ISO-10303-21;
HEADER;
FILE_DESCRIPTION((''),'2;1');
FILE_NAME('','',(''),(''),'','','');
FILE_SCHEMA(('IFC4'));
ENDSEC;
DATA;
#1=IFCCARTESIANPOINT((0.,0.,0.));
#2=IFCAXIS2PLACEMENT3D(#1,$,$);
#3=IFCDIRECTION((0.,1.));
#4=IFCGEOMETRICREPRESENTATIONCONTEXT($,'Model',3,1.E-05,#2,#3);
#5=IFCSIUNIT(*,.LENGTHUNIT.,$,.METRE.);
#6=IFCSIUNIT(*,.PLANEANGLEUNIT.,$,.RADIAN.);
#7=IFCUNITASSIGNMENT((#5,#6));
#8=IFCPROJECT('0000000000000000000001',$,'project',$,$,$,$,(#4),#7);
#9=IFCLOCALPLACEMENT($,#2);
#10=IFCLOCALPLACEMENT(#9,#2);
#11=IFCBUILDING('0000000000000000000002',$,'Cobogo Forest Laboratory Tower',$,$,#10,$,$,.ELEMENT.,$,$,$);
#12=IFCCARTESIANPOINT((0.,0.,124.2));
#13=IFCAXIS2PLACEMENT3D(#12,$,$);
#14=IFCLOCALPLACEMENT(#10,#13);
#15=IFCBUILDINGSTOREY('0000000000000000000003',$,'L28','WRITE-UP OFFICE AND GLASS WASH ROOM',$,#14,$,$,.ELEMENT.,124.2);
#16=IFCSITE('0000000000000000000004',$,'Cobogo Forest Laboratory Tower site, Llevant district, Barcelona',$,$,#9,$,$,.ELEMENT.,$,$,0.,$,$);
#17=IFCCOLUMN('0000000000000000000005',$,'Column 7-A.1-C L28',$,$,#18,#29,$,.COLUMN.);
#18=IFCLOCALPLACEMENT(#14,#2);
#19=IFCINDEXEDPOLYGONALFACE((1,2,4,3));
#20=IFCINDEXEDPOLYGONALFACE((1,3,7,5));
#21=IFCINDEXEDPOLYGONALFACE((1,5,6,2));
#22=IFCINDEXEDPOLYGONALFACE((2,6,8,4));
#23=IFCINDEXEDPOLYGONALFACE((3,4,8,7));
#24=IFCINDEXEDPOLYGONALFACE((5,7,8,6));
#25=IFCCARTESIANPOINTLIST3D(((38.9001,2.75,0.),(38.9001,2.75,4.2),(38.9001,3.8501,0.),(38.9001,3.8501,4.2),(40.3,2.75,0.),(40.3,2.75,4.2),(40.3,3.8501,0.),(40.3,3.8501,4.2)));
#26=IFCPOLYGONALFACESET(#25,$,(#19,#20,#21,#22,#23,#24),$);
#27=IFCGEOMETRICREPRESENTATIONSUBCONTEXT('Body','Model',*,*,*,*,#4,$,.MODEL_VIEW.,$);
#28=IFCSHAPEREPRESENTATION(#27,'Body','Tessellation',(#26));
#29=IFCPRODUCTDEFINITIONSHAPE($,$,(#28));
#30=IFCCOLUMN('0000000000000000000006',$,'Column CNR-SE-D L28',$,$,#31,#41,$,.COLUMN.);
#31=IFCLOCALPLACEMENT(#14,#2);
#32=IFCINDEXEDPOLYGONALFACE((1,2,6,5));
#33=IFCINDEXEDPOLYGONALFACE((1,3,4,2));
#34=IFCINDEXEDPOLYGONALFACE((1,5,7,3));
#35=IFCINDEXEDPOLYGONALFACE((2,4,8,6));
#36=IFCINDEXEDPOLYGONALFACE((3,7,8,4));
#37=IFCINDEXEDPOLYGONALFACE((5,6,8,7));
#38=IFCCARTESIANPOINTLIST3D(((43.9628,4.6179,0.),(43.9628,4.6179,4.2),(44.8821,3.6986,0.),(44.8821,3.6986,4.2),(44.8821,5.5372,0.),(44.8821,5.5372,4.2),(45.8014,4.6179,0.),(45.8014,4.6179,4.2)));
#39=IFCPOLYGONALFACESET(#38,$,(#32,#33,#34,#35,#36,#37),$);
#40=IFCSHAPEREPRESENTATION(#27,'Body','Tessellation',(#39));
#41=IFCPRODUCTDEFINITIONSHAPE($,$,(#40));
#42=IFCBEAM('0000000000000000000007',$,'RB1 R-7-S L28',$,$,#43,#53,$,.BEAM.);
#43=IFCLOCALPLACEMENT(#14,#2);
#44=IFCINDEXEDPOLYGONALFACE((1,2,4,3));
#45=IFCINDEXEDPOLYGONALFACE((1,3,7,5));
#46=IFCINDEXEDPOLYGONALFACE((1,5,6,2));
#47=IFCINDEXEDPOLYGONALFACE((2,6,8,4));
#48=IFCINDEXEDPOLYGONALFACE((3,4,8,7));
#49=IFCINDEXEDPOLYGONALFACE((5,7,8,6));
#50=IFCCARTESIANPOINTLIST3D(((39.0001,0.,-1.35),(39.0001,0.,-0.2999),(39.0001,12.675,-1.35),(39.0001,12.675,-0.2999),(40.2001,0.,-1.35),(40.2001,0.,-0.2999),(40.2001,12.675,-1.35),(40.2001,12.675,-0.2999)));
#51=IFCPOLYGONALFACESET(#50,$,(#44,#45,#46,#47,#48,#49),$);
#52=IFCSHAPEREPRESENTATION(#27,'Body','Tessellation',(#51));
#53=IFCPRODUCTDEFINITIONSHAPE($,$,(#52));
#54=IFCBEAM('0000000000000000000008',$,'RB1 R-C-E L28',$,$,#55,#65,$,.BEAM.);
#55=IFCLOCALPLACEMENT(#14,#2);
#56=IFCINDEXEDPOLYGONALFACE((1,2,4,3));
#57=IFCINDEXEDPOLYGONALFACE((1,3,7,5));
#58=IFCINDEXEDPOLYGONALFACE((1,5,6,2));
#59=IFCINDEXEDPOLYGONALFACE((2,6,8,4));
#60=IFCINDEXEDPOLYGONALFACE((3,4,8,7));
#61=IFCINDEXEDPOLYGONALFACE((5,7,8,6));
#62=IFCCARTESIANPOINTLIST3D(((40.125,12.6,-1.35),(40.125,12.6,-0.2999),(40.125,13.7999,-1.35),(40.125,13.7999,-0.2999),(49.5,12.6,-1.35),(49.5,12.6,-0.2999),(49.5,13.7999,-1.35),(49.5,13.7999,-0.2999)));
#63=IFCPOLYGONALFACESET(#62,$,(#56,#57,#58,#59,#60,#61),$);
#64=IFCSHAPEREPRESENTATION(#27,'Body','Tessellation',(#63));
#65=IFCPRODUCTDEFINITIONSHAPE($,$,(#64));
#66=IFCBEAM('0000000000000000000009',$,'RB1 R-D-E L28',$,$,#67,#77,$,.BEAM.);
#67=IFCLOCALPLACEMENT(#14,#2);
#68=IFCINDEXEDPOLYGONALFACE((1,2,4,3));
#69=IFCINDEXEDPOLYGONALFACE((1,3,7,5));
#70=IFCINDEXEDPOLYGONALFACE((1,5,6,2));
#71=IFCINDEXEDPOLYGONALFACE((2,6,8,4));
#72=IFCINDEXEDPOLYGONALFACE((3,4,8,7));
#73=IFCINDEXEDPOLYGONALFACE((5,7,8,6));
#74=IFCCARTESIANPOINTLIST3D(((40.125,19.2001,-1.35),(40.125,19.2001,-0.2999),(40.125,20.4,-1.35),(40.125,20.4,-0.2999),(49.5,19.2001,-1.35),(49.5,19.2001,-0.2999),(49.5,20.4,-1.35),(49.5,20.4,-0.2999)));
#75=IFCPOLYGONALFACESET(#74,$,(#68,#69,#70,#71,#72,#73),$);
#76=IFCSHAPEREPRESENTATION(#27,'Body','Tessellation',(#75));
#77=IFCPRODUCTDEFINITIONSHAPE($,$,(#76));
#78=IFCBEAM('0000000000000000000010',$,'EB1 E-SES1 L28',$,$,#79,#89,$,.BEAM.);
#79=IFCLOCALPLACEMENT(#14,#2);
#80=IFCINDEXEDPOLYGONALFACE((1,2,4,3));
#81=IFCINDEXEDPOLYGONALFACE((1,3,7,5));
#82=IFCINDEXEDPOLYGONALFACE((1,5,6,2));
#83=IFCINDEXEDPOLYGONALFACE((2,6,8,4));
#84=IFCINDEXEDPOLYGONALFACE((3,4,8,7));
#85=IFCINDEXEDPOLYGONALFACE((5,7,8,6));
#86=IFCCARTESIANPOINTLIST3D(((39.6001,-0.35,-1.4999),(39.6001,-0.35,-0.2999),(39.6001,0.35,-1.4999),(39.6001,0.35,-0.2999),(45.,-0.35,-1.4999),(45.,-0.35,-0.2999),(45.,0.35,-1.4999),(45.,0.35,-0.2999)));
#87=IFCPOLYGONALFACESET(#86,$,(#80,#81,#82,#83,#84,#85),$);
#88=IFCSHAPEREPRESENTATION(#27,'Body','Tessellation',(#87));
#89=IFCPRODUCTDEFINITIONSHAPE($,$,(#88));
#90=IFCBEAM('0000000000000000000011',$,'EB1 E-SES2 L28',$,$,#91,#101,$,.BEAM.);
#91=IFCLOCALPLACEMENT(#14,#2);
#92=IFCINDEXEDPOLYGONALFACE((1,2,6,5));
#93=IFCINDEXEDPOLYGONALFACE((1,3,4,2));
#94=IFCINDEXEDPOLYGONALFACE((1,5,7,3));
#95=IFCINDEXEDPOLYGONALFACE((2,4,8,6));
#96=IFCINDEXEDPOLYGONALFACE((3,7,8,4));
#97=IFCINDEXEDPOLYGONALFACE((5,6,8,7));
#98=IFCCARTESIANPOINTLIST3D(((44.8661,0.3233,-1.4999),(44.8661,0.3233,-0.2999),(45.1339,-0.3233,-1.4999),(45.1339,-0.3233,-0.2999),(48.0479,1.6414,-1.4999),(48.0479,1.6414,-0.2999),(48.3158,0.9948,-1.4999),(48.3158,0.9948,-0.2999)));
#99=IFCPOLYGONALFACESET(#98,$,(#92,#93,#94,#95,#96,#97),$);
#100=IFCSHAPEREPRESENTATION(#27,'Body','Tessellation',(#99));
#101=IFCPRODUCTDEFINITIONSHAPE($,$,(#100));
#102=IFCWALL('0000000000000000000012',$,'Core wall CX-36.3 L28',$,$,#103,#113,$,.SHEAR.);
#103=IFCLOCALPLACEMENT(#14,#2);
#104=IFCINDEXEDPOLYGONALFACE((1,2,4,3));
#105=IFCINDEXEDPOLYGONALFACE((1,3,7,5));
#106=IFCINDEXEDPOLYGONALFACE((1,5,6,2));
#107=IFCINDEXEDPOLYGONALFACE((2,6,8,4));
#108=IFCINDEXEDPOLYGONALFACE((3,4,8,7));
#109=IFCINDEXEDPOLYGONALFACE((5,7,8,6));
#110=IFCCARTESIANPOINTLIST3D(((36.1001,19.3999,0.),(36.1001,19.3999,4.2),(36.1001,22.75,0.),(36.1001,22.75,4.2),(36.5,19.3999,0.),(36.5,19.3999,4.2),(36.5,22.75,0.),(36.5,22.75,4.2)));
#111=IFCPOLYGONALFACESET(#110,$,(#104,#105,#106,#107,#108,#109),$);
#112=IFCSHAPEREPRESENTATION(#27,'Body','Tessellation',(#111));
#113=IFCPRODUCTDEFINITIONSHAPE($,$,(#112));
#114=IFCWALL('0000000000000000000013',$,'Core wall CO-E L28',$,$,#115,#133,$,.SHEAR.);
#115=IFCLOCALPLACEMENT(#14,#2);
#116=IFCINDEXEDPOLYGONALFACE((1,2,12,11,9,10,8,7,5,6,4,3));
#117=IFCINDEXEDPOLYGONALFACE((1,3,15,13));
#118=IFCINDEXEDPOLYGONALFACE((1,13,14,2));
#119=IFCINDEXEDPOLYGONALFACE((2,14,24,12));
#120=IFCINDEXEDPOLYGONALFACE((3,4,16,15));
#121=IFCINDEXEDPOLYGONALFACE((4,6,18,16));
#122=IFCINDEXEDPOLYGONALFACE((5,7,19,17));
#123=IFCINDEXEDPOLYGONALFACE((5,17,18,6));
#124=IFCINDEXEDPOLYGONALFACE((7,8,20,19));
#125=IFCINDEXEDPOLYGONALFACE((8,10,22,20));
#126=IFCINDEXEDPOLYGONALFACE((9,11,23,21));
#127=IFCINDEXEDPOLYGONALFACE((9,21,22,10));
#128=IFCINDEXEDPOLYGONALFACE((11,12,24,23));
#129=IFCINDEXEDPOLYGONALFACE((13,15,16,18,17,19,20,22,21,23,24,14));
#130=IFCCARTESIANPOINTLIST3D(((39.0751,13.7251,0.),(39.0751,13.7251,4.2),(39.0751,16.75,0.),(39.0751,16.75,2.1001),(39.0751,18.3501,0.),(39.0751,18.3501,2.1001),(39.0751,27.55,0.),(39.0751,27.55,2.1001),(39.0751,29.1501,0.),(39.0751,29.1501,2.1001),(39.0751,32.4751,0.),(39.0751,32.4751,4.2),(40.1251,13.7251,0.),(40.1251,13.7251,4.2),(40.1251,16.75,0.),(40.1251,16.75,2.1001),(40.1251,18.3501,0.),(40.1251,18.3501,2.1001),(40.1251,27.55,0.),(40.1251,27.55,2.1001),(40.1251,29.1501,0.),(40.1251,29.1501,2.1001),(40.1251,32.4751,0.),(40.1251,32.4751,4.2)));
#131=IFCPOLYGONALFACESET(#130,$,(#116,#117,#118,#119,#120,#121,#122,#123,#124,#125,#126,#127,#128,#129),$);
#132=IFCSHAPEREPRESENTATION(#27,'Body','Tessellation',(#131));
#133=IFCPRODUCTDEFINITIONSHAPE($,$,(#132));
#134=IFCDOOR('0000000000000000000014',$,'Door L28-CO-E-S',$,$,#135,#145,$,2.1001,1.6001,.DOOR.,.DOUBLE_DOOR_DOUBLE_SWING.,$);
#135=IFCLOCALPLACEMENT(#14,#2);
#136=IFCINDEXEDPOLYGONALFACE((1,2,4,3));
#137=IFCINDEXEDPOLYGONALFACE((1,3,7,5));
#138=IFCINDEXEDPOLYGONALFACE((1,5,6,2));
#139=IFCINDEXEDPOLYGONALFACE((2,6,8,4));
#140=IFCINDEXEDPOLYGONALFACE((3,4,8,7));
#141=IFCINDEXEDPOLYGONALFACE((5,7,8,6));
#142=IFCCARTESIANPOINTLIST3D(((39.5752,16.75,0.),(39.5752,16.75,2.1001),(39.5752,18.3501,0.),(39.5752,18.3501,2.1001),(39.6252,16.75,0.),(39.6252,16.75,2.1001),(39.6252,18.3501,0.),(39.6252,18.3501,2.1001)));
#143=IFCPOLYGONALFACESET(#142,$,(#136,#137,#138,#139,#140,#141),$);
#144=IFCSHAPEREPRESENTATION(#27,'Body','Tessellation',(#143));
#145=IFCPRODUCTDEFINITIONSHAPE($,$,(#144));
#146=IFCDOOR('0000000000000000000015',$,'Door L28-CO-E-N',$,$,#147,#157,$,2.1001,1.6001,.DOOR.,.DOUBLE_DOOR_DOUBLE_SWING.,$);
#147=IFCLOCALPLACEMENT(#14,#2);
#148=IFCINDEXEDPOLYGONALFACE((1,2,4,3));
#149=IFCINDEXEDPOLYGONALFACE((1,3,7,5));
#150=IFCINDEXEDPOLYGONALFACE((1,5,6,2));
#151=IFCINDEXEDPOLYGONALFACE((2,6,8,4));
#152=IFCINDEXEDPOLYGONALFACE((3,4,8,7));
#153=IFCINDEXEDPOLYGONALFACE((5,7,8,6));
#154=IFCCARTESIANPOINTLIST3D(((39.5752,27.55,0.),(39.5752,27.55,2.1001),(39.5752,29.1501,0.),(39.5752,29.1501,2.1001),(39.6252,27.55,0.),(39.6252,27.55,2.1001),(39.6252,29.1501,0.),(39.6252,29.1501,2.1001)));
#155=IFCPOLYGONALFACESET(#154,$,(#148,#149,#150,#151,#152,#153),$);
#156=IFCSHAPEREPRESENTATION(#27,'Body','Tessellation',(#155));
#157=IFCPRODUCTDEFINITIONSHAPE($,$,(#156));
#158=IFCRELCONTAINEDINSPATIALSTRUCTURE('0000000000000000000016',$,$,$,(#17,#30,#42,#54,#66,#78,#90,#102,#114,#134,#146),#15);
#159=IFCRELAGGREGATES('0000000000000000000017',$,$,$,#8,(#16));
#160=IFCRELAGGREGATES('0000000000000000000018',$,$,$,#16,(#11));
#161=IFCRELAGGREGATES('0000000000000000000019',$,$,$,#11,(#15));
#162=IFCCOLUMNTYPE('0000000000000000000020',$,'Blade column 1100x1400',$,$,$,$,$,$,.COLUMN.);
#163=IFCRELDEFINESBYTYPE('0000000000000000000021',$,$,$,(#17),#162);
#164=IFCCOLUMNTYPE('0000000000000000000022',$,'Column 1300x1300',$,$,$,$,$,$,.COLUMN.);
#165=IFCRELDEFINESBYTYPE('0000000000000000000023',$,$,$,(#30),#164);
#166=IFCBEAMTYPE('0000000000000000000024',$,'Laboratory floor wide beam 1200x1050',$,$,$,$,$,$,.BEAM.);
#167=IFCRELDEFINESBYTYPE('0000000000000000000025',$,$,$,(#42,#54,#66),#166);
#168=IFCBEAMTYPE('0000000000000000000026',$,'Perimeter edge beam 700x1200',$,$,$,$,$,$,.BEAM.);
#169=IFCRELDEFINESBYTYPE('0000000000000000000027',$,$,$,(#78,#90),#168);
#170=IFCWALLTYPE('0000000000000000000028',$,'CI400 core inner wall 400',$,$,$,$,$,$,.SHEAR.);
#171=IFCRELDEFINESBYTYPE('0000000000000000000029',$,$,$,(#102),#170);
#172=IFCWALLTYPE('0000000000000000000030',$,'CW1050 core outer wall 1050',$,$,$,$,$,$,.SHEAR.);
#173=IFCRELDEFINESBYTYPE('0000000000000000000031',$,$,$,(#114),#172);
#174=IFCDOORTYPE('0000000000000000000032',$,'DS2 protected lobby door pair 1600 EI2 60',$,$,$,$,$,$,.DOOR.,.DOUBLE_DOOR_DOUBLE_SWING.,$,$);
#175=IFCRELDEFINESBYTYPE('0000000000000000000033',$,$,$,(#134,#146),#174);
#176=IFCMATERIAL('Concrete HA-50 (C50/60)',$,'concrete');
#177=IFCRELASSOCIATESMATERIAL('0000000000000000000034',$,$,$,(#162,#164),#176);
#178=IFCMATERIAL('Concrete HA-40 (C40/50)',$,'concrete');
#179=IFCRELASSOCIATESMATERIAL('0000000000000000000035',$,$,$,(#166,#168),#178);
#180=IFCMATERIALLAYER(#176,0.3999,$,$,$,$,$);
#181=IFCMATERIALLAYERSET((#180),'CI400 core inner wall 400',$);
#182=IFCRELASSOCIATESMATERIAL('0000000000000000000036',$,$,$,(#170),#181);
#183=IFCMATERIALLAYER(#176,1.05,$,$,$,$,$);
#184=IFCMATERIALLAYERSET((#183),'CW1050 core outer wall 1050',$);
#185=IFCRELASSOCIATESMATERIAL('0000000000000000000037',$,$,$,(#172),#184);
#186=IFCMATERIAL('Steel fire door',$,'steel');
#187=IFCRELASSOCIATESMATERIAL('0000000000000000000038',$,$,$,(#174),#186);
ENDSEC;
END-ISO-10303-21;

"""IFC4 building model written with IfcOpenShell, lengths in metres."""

from ifc_helpers import new_model, si_unit, direction, frame, frame_2d, origin, origin_2d, place, context, subcontext, project, spatial, rectangle, extrude, material, layer, layer_set, material_profile, profile_set, type_object, element, fill, save


model = new_model("IFC4")

# Units and contexts
model_context = context("Model", 3, precision=1e-05, world=origin(), true_north=direction((0.0, 1.0)))
body_context = subcontext(model_context, "Body", "Model", "MODEL_VIEW")
ifc_project = project(units=[si_unit("LENGTHUNIT", "METRE"), si_unit("PLANEANGLEUNIT", "RADIAN")], contexts=[model_context])

# Site, building, storey
site_placement = place(None, origin())
site = spatial("IfcSite", under=ifc_project, at=site_placement, Name="Cobogo Forest Laboratory Tower site, Llevant district, Barcelona", CompositionType="ELEMENT", RefElevation=0.0)
building_placement = place(site_placement, origin())
building = spatial("IfcBuilding", under=site, at=building_placement, Name="Cobogo Forest Laboratory Tower", CompositionType="ELEMENT")
storey_placement = place(building_placement, frame((0.0, 0.0, 124.2)))
storey = spatial("IfcBuildingStorey", under=building, at=storey_placement, Name="L28", Description="WRITE-UP OFFICE AND GLASS WASH ROOM", CompositionType="ELEMENT", Elevation=124.2)

# Columns
ifc_material_1 = material(Name="Concrete HA-50 (C50/60)", Category="concrete")
ifc_material_profile_1 = material_profile(ifc_material_1, rectangle(XDim=1.3999, YDim=1.1001, at=origin_2d()), Name="RC 1100x1400")
ifc_profile_set_1 = profile_set([ifc_material_profile_1], Name="Concrete HA-50 (C50/60)")
column_type_1 = type_object("IfcColumnType", Name="Blade column 1100x1400", PredefinedType="COLUMN", material=ifc_profile_set_1)
column_1_placement = place(storey_placement, frame((39.6001, 3.3, 0.0), z_axis=(0.0, 0.0, 1.0), x_axis=(1.0, 0.0, 0.0)))
element("IfcColumn", 1, at=column_1_placement, inside=storey, type_object=column_type_1, Name="Column 7-A.1-C L28", PredefinedType="COLUMN", context=body_context, shape_type="SweptSolid", body=[
    extrude(rectangle(XDim=1.3999, YDim=1.1001, at=origin_2d()), origin(), (0.0, 0.0, 1.0), 4.2),
])
ifc_material_profile_2 = material_profile(ifc_material_1, rectangle(XDim=1.3, YDim=1.3, at=origin_2d()), Name="RC 1300x1300")
ifc_profile_set_2 = profile_set([ifc_material_profile_2], Name="Concrete HA-50 (C50/60)")
column_type_2 = type_object("IfcColumnType", Name="Column 1300x1300", PredefinedType="COLUMN", material=ifc_profile_set_2)
column_2_placement = place(storey_placement, frame((44.8821, 4.6179, 0.0), z_axis=(0.0, 0.0, 1.0), x_axis=(0.707107, 0.707107, 0.0)))
element("IfcColumn", 2, at=column_2_placement, inside=storey, type_object=column_type_2, Name="Column CNR-SE-D L28", PredefinedType="COLUMN", context=body_context, shape_type="SweptSolid", body=[
    extrude(rectangle(XDim=1.3, YDim=1.3, at=origin_2d()), origin(), (0.0, 0.0, 1.0), 4.2),
])

# Beams
ifc_material_2 = material(Name="Concrete HA-40 (C40/50)", Category="concrete")
ifc_material_profile_3 = material_profile(ifc_material_2, rectangle(XDim=1.2, YDim=1.05, at=origin_2d()), Name="RC 1200x1050")
ifc_profile_set_3 = profile_set([ifc_material_profile_3], Name="Concrete HA-40 (C40/50)")
beam_type_1 = type_object("IfcBeamType", Name="Laboratory floor wide beam 1200x1050", PredefinedType="BEAM", material=ifc_profile_set_3)
beam_1_placement = place(storey_placement, frame((39.6001, 12.675, -0.825), z_axis=(0.0, -1.0, 0.0), x_axis=(1.0, 0.0, 0.0)))
element("IfcBeam", 3, at=beam_1_placement, inside=storey, type_object=beam_type_1, Name="RB1 R-7-S L28", PredefinedType="BEAM", context=body_context, shape_type="SweptSolid", body=[
    extrude(rectangle(XDim=1.2, YDim=1.05, at=origin_2d()), origin(), (0.0, 0.0, 1.0), 12.675),
])
for number, where, z_axis, x_axis, name in (
    (4, (40.125, 13.2, -0.825), (1.0, 0.0, 0.0), (0.0, 1.0, 0.0), "RB1 R-C-E L28"),
    (5, (40.125, 19.8, -0.825), (1.0, 0.0, 0.0), (0.0, 1.0, 0.0), "RB1 R-D-E L28"),
):
    element("IfcBeam", number, at=place(storey_placement, frame(where, z_axis=z_axis, x_axis=x_axis)), inside=storey, type_object=beam_type_1, Name=name, PredefinedType="BEAM", context=body_context, shape_type="SweptSolid", body=[
        extrude(rectangle(XDim=1.2, YDim=1.05, at=origin_2d()), origin(), (0.0, 0.0, 1.0), 9.375),
    ])
ifc_material_profile_4 = material_profile(ifc_material_2, rectangle(XDim=0.7, YDim=1.2, at=origin_2d()), Name="RC 700x1200")
ifc_profile_set_4 = profile_set([ifc_material_profile_4], Name="Concrete HA-40 (C40/50)")
beam_type_2 = type_object("IfcBeamType", Name="Perimeter edge beam 700x1200", PredefinedType="BEAM", material=ifc_profile_set_4)
beam_2_placement = place(storey_placement, frame((39.6001, 0.0, -0.8999), z_axis=(1.0, 0.0, 0.0), x_axis=(0.0, 1.0, 0.0)))
element("IfcBeam", 6, at=beam_2_placement, inside=storey, type_object=beam_type_2, Name="EB1 E-SES1 L28", PredefinedType="BEAM", context=body_context, shape_type="SweptSolid", body=[
    extrude(rectangle(XDim=0.7, YDim=1.2, at=origin_2d()), origin(), (0.0, 0.0, 1.0), 5.3999),
])
beam_3_placement = place(storey_placement, frame((45.0, 0.0, -0.8999), z_axis=(0.923866, 0.382717, 0.0), x_axis=(-0.382717, 0.923866, 0.0)))
element("IfcBeam", 7, at=beam_3_placement, inside=storey, type_object=beam_type_2, Name="EB1 E-SES2 L28", PredefinedType="BEAM", context=body_context, shape_type="SweptSolid", body=[
    extrude(rectangle(XDim=0.7, YDim=1.2, at=origin_2d()), origin(), (0.0, 0.0, 1.0), 3.4441),
])

# Wall
ifc_layer_1 = layer(ifc_material_1, 0.3999)
ifc_layer_set_1 = layer_set([ifc_layer_1], Name="CI400 core inner wall 400")
wall_type_1 = type_object("IfcWallType", Name="CI400 core inner wall 400", PredefinedType="SHEAR", material=ifc_layer_set_1)
wall_1_placement = place(storey_placement, frame((36.3, 19.3999, 0.0), z_axis=(0.0, 0.0, 1.0), x_axis=(0.0, 1.0, 0.0)))
element("IfcWall", 8, at=wall_1_placement, inside=storey, type_object=wall_type_1, Name="Core wall CX-36.3 L28", PredefinedType="SHEAR", context=body_context, shape_type="SweptSolid", body=[
    extrude(rectangle(XDim=3.3501, YDim=0.3999, at=frame_2d((1.675, 0.0))), origin(), (0.0, 0.0, 1.0), 4.2),
])

# Wall, openings, doors
ifc_layer_2 = layer(ifc_material_1, 1.05)
ifc_layer_set_2 = layer_set([ifc_layer_2], Name="CW1050 core outer wall 1050")
wall_type_2 = type_object("IfcWallType", Name="CW1050 core outer wall 1050", PredefinedType="SHEAR", material=ifc_layer_set_2)
wall_2_placement = place(storey_placement, frame((39.6001, 13.7251, 0.0), z_axis=(0.0, 0.0, 1.0), x_axis=(0.0, 1.0, 0.0)))
wall_2 = element("IfcWall", 9, at=wall_2_placement, inside=storey, type_object=wall_type_2, Name="Core wall CO-E L28", PredefinedType="SHEAR", context=body_context, shape_type="SweptSolid", body=[
    extrude(rectangle(XDim=18.75, YDim=1.05, at=frame_2d((9.375, 0.0))), origin(), (0.0, 0.0, 1.0), 4.2),
])
opening_1_placement = place(wall_2_placement, frame((3.0249, 0.0, 0.0)))
opening_1 = element("IfcOpeningElement", 10, at=opening_1_placement, cuts=wall_2, PredefinedType="OPENING", context=body_context, shape_type="SweptSolid", body=[
    extrude(rectangle(XDim=1.6001, YDim=2.1001, at=frame_2d((0.8, 1.05))), frame((0.0, 0.5349, 0.0), z_axis=(0.0, -1.0, 0.0), x_axis=(1.0, 0.0, 0.0)), (0.0, 0.0, 1.0), 1.0701),
])
opening_2_placement = place(wall_2_placement, frame((13.825, 0.0, 0.0)))
opening_2 = element("IfcOpeningElement", 11, at=opening_2_placement, cuts=wall_2, PredefinedType="OPENING", context=body_context, shape_type="SweptSolid", body=[
    extrude(rectangle(XDim=1.6001, YDim=2.1001, at=frame_2d((0.8, 1.05))), frame((0.0, 0.5349, 0.0), z_axis=(0.0, -1.0, 0.0), x_axis=(1.0, 0.0, 0.0)), (0.0, 0.0, 1.0), 1.0701),
])
ifc_material_3 = material(Name="Steel fire door", Category="steel")
door_type_1 = type_object("IfcDoorType", Name="DS2 protected lobby door pair 1600 EI2 60", OperationType="DOUBLE_DOOR_DOUBLE_SWING", PredefinedType="DOOR", material=ifc_material_3)
door_1_placement = place(opening_1_placement, origin())
door_1 = element("IfcDoor", 12, at=door_1_placement, inside=storey, type_object=door_type_1, Name="Door L28-CO-E-S", OperationType="DOUBLE_DOOR_DOUBLE_SWING", OverallHeight=2.1001, OverallWidth=1.6001, PredefinedType="DOOR", context=body_context, shape_type="SweptSolid", body=[
    extrude(rectangle(XDim=1.6001, YDim=2.1001, at=frame_2d((0.8, 1.05))), frame((0.0, 0.0249, 0.0), z_axis=(0.0, -1.0, 0.0), x_axis=(1.0, 0.0, 0.0)), (0.0, 0.0, 1.0), 0.05),
])
fill(opening_1, door_1)
door_2_placement = place(opening_2_placement, origin())
door_2 = element("IfcDoor", 13, at=door_2_placement, inside=storey, type_object=door_type_1, Name="Door L28-CO-E-N", OperationType="DOUBLE_DOOR_DOUBLE_SWING", OverallHeight=2.1001, OverallWidth=1.6001, PredefinedType="DOOR", context=body_context, shape_type="SweptSolid", body=[
    extrude(rectangle(XDim=1.6001, YDim=2.1001, at=frame_2d((0.8, 1.05))), frame((0.0, 0.0249, 0.0), z_axis=(0.0, -1.0, 0.0), x_axis=(1.0, 0.0, 0.0)), (0.0, 0.0, 1.0), 0.05),
])
fill(opening_2, door_2)

save(model, "model.ifc")
